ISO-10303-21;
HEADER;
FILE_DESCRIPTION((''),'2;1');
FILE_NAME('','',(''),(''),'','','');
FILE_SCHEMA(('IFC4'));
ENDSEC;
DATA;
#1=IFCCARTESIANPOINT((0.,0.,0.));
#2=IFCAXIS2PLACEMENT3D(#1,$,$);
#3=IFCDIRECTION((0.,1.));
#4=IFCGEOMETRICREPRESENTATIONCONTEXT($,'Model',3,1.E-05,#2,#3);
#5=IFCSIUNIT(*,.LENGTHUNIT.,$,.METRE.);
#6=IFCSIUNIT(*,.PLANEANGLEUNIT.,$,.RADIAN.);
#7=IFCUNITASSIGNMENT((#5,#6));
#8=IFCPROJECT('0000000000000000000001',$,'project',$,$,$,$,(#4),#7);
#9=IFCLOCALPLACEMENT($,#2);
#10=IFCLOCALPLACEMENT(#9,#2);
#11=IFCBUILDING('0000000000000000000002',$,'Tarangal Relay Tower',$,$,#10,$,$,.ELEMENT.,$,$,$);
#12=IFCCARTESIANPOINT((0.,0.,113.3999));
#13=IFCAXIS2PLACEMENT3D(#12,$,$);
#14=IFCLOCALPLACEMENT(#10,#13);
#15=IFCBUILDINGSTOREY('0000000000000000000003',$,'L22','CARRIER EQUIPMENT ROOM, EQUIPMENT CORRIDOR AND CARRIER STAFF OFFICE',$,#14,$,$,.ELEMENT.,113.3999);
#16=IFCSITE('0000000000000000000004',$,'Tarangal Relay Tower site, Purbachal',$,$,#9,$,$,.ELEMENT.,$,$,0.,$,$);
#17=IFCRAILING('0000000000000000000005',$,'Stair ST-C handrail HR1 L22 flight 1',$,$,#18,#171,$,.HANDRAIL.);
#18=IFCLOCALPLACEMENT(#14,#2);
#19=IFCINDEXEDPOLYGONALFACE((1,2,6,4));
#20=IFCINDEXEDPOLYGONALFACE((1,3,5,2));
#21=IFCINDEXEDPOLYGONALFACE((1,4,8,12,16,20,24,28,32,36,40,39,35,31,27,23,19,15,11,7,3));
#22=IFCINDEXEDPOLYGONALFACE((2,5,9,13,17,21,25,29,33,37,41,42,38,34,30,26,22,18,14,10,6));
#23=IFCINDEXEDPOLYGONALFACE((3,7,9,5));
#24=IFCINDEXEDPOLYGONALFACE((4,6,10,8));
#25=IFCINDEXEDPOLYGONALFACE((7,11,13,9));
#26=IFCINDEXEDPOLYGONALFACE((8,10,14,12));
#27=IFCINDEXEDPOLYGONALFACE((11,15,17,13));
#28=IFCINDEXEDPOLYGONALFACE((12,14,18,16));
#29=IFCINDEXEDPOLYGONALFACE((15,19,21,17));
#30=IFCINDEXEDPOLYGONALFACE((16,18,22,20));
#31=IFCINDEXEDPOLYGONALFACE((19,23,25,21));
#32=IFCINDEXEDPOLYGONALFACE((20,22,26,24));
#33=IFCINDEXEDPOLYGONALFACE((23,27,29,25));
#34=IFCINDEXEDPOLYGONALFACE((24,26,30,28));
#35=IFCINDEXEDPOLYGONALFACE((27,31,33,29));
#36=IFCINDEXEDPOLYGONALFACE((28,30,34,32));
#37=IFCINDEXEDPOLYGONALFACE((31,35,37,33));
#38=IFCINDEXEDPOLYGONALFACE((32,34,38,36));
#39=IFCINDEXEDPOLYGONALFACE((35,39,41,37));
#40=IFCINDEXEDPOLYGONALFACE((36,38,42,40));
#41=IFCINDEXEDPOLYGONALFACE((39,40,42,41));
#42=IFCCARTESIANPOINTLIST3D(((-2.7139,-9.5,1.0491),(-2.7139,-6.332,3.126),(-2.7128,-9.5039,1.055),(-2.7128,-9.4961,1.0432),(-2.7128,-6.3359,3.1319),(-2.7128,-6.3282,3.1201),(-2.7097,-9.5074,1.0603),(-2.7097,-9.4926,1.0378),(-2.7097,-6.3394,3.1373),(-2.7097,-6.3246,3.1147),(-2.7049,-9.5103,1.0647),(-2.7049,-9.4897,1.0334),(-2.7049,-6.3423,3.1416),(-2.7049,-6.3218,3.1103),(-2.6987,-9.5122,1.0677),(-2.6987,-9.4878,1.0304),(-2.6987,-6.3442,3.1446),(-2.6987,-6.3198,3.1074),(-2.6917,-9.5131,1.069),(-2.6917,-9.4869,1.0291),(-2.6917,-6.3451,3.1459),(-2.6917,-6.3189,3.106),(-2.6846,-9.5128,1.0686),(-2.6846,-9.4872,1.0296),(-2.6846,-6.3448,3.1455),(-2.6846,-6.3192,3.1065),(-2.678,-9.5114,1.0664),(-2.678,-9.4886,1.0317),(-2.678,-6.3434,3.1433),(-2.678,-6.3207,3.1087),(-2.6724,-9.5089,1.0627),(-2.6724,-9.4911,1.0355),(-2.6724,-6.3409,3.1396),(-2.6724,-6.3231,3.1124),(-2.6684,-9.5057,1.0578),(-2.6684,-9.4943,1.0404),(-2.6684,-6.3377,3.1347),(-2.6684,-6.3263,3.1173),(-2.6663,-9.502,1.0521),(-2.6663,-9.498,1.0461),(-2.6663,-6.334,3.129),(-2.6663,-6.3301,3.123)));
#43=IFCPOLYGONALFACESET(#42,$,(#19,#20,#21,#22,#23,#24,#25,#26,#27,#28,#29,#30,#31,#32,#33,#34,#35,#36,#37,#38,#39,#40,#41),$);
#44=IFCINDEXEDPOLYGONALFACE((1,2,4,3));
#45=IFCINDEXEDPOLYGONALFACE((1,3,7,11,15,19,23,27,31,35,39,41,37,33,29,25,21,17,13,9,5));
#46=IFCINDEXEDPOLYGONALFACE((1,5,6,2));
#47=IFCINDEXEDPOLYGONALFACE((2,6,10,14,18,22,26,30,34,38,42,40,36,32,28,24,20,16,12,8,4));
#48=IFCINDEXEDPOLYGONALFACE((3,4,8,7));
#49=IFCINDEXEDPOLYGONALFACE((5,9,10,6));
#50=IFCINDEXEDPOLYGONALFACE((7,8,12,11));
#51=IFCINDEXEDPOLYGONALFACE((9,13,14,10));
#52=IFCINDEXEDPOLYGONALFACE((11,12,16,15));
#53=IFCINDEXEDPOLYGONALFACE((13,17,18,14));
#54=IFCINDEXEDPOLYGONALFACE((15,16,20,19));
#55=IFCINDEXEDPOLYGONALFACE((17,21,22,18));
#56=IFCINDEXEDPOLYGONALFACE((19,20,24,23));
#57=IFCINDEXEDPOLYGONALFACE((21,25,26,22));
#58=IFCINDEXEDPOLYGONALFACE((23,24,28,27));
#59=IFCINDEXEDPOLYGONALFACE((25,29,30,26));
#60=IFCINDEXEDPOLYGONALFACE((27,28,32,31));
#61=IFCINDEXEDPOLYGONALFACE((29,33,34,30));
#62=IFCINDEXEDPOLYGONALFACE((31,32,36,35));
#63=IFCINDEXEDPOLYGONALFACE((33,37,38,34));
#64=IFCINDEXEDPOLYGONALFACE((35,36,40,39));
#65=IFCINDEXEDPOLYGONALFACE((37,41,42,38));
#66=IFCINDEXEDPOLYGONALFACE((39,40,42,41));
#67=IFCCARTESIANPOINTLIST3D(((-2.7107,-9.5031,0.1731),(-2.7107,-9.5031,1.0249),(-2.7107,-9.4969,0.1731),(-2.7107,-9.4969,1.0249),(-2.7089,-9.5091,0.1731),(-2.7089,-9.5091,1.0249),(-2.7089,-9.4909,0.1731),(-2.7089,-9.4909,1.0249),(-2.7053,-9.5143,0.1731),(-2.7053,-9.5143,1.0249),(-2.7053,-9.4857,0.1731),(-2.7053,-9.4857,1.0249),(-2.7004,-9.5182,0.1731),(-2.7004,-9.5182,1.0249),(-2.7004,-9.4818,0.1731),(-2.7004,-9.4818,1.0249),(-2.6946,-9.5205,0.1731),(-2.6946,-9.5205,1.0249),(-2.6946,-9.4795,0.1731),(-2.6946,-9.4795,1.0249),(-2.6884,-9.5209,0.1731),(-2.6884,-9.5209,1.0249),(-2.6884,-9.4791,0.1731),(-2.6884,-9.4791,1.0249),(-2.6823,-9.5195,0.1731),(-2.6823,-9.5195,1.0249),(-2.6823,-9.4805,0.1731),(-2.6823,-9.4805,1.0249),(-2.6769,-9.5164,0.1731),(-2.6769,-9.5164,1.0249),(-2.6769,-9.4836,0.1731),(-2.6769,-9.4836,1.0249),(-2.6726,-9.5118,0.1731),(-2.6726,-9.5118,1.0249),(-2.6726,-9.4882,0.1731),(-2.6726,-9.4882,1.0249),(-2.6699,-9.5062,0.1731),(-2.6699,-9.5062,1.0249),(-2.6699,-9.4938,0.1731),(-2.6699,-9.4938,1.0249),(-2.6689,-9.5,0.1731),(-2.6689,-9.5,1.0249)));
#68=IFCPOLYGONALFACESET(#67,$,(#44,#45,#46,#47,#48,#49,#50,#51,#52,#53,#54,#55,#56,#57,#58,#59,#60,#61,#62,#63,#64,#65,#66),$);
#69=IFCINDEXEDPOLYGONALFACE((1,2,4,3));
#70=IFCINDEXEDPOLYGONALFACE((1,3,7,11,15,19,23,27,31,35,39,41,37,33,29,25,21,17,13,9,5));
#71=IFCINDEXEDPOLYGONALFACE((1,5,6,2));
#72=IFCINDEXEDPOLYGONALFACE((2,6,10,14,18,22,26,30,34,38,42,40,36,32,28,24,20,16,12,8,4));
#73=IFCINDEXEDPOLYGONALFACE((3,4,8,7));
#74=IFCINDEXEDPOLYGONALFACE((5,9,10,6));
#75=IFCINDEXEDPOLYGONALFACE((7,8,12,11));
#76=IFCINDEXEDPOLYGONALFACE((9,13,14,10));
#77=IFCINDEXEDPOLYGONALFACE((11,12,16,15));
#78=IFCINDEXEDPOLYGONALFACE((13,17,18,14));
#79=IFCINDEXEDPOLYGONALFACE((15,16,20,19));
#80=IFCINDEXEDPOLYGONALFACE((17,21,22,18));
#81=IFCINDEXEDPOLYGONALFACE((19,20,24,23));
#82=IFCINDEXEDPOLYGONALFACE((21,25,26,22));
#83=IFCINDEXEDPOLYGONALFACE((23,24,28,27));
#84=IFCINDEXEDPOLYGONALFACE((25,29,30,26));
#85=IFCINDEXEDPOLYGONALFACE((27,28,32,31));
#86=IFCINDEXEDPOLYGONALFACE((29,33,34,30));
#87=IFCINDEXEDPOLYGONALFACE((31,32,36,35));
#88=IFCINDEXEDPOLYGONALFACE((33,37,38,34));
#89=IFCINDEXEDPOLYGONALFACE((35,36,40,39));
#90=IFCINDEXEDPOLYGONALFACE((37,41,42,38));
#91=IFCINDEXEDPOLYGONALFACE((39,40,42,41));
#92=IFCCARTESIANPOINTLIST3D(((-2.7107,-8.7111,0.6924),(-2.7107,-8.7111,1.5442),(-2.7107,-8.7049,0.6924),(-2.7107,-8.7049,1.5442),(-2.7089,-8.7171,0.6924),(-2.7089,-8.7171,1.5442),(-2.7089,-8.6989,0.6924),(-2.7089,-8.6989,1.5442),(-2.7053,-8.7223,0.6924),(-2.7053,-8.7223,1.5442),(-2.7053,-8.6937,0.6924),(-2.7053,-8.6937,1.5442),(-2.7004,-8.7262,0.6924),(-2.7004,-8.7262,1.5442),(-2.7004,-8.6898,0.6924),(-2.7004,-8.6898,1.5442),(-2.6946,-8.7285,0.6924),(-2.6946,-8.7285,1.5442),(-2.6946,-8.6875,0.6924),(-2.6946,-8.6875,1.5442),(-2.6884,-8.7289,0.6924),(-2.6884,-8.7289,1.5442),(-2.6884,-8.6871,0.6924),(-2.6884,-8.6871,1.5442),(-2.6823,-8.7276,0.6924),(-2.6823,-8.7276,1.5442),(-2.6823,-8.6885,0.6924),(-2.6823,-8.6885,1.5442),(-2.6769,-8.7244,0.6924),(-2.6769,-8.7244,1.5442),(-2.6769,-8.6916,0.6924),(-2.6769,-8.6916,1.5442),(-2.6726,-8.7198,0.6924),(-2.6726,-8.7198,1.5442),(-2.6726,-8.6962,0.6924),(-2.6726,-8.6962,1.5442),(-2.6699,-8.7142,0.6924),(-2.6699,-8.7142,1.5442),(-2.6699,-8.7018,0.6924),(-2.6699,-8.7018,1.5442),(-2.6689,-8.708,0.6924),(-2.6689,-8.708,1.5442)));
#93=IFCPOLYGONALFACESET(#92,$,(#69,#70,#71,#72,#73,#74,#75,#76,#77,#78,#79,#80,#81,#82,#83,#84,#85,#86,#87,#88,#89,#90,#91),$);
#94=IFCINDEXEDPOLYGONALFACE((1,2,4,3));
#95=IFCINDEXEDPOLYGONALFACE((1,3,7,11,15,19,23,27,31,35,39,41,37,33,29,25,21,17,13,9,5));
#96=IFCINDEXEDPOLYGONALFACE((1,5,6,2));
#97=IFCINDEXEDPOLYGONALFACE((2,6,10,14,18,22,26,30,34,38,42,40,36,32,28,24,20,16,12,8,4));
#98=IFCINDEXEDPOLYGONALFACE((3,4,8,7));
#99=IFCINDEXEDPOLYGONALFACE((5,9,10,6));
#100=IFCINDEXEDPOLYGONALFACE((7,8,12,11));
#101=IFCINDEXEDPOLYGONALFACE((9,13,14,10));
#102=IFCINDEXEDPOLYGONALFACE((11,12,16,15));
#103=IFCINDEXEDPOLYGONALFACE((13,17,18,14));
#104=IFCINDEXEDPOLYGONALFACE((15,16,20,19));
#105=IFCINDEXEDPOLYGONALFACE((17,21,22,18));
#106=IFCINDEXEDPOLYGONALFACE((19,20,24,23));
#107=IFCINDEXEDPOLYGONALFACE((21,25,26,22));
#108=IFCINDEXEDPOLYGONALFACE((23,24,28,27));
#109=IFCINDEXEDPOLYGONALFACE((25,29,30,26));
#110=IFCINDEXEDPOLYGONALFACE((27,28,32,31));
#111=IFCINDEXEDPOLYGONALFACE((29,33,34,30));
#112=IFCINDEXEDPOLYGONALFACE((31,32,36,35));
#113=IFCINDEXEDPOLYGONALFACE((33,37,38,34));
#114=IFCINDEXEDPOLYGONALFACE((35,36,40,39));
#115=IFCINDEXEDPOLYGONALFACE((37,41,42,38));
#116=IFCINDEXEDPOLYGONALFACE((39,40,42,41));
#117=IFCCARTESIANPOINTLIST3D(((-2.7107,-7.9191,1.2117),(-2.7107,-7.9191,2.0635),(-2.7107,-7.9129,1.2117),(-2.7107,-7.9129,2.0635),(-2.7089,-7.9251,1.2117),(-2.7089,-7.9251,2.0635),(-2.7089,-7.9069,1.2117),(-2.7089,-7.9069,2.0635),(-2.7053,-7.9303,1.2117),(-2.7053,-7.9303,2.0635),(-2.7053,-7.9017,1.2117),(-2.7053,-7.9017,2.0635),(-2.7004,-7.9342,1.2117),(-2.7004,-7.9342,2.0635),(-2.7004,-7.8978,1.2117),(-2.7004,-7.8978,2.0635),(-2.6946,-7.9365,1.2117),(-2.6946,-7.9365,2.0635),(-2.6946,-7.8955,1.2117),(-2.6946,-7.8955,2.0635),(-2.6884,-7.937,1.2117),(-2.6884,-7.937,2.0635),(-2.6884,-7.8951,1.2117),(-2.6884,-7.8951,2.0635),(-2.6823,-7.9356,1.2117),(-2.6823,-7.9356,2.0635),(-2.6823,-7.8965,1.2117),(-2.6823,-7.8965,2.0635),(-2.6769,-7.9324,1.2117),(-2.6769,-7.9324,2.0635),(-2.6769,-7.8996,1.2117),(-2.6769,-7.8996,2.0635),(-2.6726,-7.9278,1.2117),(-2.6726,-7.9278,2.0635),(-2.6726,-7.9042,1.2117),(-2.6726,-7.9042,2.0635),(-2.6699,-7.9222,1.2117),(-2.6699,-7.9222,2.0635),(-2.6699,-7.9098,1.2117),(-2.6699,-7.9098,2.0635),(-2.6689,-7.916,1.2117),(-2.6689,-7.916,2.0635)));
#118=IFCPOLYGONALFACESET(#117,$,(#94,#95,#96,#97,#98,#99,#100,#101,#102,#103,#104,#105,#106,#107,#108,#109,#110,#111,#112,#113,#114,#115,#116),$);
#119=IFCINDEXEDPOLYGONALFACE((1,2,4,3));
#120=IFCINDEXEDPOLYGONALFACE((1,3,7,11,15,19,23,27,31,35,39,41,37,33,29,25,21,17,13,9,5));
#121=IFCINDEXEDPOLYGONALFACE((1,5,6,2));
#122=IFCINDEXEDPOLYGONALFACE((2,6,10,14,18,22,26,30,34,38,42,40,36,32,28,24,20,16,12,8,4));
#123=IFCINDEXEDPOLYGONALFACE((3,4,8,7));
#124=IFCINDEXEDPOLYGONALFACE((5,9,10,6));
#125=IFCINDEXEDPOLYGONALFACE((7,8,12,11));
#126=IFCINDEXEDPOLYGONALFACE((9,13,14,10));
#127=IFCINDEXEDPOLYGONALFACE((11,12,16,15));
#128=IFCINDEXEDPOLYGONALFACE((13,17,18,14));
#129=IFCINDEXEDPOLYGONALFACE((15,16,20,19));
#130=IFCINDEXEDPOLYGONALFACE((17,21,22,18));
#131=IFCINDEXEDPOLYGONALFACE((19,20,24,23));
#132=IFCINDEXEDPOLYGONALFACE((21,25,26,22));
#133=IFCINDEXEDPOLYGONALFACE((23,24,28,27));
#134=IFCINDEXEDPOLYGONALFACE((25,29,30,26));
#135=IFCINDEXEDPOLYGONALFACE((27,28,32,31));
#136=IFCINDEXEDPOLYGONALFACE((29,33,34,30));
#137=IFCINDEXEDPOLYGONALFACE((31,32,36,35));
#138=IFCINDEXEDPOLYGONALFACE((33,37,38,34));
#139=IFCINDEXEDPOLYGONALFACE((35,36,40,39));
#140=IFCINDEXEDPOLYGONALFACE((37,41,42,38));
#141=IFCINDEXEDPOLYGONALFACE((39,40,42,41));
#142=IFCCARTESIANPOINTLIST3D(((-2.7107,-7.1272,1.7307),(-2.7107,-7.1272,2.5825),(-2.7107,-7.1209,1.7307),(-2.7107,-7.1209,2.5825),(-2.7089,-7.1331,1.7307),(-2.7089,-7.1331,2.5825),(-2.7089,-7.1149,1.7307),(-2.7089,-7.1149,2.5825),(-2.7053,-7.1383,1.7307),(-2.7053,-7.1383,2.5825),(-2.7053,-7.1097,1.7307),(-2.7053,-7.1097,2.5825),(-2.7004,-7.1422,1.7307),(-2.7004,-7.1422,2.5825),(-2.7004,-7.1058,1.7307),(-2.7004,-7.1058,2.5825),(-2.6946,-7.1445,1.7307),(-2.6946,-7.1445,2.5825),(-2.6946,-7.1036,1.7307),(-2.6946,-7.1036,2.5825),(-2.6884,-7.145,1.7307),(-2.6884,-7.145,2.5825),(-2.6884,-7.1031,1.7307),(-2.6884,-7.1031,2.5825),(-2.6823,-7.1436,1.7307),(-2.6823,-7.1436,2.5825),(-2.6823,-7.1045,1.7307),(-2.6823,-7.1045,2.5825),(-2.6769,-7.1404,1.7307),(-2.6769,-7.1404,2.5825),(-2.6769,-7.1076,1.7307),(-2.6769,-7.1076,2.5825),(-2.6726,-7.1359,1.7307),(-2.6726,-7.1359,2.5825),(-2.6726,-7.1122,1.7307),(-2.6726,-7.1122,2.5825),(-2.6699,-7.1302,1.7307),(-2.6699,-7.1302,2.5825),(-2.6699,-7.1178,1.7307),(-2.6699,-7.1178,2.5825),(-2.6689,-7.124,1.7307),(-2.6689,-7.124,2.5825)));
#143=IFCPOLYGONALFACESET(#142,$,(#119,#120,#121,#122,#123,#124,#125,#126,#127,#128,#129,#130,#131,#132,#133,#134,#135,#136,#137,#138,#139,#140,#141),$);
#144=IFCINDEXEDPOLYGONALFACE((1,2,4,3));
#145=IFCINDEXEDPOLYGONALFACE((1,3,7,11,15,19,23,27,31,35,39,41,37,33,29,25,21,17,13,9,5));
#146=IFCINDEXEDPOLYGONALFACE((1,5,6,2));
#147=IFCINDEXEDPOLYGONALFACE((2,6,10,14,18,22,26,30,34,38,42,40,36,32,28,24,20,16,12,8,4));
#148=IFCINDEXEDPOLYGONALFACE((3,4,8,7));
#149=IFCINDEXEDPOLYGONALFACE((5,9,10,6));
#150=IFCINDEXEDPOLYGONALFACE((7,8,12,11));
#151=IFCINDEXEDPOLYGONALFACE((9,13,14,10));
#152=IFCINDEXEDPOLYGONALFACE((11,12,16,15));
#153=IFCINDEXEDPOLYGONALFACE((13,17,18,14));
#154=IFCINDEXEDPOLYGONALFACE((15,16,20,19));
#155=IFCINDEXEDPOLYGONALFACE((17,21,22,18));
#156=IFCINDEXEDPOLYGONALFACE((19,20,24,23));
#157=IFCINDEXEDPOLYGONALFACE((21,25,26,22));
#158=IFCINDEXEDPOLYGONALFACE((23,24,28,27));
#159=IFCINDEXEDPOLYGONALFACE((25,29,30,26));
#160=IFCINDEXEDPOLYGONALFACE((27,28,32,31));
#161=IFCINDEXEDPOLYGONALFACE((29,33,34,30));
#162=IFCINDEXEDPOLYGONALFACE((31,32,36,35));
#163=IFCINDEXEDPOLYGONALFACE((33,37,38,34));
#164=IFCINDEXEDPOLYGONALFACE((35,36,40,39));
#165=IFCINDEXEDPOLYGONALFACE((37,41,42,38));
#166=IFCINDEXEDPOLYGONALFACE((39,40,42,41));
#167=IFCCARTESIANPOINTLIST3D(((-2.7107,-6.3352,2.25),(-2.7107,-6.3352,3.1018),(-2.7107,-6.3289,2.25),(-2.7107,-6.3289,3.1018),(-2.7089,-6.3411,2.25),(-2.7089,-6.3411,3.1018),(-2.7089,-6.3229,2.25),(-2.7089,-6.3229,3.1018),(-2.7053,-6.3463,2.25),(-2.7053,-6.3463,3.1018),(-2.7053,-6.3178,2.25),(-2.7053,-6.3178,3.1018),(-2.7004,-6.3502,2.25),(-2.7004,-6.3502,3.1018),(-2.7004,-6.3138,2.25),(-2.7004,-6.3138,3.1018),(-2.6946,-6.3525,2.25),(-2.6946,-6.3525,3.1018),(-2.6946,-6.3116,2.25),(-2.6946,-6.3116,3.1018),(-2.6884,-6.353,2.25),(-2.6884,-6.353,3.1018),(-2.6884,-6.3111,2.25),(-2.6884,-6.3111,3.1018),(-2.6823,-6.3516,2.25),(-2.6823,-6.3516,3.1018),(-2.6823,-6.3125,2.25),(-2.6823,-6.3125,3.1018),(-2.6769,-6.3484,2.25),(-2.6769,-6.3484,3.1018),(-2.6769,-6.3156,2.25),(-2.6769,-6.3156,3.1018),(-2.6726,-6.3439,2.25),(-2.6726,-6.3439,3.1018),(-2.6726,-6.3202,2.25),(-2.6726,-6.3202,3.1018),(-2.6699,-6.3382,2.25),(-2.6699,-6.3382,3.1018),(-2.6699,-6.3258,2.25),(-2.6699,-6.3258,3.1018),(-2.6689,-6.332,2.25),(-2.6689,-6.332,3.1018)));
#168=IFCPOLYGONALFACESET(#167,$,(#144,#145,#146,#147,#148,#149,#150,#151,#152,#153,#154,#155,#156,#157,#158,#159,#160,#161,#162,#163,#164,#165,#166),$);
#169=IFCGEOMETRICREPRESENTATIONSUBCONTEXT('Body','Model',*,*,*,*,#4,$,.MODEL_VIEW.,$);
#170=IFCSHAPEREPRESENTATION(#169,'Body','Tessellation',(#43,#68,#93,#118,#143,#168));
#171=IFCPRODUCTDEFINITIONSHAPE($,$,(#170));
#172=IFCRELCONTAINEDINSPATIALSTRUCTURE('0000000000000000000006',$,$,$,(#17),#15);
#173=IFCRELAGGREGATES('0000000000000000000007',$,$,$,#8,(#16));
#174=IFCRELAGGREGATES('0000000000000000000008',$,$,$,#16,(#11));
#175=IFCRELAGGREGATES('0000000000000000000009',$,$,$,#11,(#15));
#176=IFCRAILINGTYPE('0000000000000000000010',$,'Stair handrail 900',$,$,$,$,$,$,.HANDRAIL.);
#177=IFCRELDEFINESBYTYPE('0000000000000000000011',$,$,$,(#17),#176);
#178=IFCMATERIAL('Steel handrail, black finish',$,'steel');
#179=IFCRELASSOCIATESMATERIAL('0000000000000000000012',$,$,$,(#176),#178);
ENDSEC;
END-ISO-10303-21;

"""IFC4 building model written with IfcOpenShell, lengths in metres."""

from ifc_helpers import new_model, si_unit, direction, frame, origin, origin_2d, place, context, subcontext, project, spatial, circle, extrude, material, type_object, element, save


model = new_model("IFC4")

# Units and contexts
model_context = context("Model", 3, precision=1e-05, world=origin(), true_north=direction((0.0, 1.0)))
body_context = subcontext(model_context, "Body", "Model", "MODEL_VIEW")
ifc_project = project(units=[si_unit("LENGTHUNIT", "METRE"), si_unit("PLANEANGLEUNIT", "RADIAN")], contexts=[model_context])

# Site, building, storey
site_placement = place(None, origin())
site = spatial("IfcSite", under=ifc_project, at=site_placement, Name="Tarangal Relay Tower site, Purbachal", CompositionType="ELEMENT", RefElevation=0.0)
building_placement = place(site_placement, origin())
building = spatial("IfcBuilding", under=site, at=building_placement, Name="Tarangal Relay Tower", CompositionType="ELEMENT")
storey_placement = place(building_placement, frame((0.0, 0.0, 113.3999)))
storey = spatial("IfcBuildingStorey", under=building, at=storey_placement, Name="L22", Description="CARRIER EQUIPMENT ROOM, EQUIPMENT CORRIDOR AND CARRIER STAFF OFFICE", CompositionType="ELEMENT", Elevation=113.3999)

# Railing
ifc_material_1 = material(Name="Steel handrail, black finish", Category="steel")
railing_type_1 = type_object("IfcRailingType", Name="Stair handrail 900", PredefinedType="HANDRAIL", material=ifc_material_1)
railing_1_placement = place(storey_placement, frame((-2.6899, -9.5, 0.1731)))
element("IfcRailing", 1, at=railing_1_placement, inside=storey, type_object=railing_type_1, Name="Stair ST-C handrail HR1 L22 flight 1", PredefinedType="HANDRAIL", context=body_context, shape_type="SweptSolid", body=[
    extrude(circle(Radius=0.0239, at=origin_2d()), frame((0.0, 0.0, 0.876), z_axis=(0.0, 0.836299, 0.548273), x_axis=(-1.0, 0.0, 0.0)), (0.0, 0.0, 1.0), 3.7881),
    extrude(circle(Radius=0.021, at=origin_2d()), origin(), (0.0, 0.0, 1.0), 0.8518),
    extrude(circle(Radius=0.021, at=origin_2d()), frame((0.0, 0.792, 0.5193)), (0.0, 0.0, 1.0), 0.8518),
    extrude(circle(Radius=0.021, at=origin_2d()), frame((0.0, 1.584, 1.0386)), (0.0, 0.0, 1.0), 0.8518),
    extrude(circle(Radius=0.021, at=origin_2d()), frame((0.0, 2.376, 1.5576)), (0.0, 0.0, 1.0), 0.8518),
    extrude(circle(Radius=0.021, at=origin_2d()), frame((0.0, 3.168, 2.0769)), (0.0, 0.0, 1.0), 0.8518),
])

save(model, "model.ifc")
